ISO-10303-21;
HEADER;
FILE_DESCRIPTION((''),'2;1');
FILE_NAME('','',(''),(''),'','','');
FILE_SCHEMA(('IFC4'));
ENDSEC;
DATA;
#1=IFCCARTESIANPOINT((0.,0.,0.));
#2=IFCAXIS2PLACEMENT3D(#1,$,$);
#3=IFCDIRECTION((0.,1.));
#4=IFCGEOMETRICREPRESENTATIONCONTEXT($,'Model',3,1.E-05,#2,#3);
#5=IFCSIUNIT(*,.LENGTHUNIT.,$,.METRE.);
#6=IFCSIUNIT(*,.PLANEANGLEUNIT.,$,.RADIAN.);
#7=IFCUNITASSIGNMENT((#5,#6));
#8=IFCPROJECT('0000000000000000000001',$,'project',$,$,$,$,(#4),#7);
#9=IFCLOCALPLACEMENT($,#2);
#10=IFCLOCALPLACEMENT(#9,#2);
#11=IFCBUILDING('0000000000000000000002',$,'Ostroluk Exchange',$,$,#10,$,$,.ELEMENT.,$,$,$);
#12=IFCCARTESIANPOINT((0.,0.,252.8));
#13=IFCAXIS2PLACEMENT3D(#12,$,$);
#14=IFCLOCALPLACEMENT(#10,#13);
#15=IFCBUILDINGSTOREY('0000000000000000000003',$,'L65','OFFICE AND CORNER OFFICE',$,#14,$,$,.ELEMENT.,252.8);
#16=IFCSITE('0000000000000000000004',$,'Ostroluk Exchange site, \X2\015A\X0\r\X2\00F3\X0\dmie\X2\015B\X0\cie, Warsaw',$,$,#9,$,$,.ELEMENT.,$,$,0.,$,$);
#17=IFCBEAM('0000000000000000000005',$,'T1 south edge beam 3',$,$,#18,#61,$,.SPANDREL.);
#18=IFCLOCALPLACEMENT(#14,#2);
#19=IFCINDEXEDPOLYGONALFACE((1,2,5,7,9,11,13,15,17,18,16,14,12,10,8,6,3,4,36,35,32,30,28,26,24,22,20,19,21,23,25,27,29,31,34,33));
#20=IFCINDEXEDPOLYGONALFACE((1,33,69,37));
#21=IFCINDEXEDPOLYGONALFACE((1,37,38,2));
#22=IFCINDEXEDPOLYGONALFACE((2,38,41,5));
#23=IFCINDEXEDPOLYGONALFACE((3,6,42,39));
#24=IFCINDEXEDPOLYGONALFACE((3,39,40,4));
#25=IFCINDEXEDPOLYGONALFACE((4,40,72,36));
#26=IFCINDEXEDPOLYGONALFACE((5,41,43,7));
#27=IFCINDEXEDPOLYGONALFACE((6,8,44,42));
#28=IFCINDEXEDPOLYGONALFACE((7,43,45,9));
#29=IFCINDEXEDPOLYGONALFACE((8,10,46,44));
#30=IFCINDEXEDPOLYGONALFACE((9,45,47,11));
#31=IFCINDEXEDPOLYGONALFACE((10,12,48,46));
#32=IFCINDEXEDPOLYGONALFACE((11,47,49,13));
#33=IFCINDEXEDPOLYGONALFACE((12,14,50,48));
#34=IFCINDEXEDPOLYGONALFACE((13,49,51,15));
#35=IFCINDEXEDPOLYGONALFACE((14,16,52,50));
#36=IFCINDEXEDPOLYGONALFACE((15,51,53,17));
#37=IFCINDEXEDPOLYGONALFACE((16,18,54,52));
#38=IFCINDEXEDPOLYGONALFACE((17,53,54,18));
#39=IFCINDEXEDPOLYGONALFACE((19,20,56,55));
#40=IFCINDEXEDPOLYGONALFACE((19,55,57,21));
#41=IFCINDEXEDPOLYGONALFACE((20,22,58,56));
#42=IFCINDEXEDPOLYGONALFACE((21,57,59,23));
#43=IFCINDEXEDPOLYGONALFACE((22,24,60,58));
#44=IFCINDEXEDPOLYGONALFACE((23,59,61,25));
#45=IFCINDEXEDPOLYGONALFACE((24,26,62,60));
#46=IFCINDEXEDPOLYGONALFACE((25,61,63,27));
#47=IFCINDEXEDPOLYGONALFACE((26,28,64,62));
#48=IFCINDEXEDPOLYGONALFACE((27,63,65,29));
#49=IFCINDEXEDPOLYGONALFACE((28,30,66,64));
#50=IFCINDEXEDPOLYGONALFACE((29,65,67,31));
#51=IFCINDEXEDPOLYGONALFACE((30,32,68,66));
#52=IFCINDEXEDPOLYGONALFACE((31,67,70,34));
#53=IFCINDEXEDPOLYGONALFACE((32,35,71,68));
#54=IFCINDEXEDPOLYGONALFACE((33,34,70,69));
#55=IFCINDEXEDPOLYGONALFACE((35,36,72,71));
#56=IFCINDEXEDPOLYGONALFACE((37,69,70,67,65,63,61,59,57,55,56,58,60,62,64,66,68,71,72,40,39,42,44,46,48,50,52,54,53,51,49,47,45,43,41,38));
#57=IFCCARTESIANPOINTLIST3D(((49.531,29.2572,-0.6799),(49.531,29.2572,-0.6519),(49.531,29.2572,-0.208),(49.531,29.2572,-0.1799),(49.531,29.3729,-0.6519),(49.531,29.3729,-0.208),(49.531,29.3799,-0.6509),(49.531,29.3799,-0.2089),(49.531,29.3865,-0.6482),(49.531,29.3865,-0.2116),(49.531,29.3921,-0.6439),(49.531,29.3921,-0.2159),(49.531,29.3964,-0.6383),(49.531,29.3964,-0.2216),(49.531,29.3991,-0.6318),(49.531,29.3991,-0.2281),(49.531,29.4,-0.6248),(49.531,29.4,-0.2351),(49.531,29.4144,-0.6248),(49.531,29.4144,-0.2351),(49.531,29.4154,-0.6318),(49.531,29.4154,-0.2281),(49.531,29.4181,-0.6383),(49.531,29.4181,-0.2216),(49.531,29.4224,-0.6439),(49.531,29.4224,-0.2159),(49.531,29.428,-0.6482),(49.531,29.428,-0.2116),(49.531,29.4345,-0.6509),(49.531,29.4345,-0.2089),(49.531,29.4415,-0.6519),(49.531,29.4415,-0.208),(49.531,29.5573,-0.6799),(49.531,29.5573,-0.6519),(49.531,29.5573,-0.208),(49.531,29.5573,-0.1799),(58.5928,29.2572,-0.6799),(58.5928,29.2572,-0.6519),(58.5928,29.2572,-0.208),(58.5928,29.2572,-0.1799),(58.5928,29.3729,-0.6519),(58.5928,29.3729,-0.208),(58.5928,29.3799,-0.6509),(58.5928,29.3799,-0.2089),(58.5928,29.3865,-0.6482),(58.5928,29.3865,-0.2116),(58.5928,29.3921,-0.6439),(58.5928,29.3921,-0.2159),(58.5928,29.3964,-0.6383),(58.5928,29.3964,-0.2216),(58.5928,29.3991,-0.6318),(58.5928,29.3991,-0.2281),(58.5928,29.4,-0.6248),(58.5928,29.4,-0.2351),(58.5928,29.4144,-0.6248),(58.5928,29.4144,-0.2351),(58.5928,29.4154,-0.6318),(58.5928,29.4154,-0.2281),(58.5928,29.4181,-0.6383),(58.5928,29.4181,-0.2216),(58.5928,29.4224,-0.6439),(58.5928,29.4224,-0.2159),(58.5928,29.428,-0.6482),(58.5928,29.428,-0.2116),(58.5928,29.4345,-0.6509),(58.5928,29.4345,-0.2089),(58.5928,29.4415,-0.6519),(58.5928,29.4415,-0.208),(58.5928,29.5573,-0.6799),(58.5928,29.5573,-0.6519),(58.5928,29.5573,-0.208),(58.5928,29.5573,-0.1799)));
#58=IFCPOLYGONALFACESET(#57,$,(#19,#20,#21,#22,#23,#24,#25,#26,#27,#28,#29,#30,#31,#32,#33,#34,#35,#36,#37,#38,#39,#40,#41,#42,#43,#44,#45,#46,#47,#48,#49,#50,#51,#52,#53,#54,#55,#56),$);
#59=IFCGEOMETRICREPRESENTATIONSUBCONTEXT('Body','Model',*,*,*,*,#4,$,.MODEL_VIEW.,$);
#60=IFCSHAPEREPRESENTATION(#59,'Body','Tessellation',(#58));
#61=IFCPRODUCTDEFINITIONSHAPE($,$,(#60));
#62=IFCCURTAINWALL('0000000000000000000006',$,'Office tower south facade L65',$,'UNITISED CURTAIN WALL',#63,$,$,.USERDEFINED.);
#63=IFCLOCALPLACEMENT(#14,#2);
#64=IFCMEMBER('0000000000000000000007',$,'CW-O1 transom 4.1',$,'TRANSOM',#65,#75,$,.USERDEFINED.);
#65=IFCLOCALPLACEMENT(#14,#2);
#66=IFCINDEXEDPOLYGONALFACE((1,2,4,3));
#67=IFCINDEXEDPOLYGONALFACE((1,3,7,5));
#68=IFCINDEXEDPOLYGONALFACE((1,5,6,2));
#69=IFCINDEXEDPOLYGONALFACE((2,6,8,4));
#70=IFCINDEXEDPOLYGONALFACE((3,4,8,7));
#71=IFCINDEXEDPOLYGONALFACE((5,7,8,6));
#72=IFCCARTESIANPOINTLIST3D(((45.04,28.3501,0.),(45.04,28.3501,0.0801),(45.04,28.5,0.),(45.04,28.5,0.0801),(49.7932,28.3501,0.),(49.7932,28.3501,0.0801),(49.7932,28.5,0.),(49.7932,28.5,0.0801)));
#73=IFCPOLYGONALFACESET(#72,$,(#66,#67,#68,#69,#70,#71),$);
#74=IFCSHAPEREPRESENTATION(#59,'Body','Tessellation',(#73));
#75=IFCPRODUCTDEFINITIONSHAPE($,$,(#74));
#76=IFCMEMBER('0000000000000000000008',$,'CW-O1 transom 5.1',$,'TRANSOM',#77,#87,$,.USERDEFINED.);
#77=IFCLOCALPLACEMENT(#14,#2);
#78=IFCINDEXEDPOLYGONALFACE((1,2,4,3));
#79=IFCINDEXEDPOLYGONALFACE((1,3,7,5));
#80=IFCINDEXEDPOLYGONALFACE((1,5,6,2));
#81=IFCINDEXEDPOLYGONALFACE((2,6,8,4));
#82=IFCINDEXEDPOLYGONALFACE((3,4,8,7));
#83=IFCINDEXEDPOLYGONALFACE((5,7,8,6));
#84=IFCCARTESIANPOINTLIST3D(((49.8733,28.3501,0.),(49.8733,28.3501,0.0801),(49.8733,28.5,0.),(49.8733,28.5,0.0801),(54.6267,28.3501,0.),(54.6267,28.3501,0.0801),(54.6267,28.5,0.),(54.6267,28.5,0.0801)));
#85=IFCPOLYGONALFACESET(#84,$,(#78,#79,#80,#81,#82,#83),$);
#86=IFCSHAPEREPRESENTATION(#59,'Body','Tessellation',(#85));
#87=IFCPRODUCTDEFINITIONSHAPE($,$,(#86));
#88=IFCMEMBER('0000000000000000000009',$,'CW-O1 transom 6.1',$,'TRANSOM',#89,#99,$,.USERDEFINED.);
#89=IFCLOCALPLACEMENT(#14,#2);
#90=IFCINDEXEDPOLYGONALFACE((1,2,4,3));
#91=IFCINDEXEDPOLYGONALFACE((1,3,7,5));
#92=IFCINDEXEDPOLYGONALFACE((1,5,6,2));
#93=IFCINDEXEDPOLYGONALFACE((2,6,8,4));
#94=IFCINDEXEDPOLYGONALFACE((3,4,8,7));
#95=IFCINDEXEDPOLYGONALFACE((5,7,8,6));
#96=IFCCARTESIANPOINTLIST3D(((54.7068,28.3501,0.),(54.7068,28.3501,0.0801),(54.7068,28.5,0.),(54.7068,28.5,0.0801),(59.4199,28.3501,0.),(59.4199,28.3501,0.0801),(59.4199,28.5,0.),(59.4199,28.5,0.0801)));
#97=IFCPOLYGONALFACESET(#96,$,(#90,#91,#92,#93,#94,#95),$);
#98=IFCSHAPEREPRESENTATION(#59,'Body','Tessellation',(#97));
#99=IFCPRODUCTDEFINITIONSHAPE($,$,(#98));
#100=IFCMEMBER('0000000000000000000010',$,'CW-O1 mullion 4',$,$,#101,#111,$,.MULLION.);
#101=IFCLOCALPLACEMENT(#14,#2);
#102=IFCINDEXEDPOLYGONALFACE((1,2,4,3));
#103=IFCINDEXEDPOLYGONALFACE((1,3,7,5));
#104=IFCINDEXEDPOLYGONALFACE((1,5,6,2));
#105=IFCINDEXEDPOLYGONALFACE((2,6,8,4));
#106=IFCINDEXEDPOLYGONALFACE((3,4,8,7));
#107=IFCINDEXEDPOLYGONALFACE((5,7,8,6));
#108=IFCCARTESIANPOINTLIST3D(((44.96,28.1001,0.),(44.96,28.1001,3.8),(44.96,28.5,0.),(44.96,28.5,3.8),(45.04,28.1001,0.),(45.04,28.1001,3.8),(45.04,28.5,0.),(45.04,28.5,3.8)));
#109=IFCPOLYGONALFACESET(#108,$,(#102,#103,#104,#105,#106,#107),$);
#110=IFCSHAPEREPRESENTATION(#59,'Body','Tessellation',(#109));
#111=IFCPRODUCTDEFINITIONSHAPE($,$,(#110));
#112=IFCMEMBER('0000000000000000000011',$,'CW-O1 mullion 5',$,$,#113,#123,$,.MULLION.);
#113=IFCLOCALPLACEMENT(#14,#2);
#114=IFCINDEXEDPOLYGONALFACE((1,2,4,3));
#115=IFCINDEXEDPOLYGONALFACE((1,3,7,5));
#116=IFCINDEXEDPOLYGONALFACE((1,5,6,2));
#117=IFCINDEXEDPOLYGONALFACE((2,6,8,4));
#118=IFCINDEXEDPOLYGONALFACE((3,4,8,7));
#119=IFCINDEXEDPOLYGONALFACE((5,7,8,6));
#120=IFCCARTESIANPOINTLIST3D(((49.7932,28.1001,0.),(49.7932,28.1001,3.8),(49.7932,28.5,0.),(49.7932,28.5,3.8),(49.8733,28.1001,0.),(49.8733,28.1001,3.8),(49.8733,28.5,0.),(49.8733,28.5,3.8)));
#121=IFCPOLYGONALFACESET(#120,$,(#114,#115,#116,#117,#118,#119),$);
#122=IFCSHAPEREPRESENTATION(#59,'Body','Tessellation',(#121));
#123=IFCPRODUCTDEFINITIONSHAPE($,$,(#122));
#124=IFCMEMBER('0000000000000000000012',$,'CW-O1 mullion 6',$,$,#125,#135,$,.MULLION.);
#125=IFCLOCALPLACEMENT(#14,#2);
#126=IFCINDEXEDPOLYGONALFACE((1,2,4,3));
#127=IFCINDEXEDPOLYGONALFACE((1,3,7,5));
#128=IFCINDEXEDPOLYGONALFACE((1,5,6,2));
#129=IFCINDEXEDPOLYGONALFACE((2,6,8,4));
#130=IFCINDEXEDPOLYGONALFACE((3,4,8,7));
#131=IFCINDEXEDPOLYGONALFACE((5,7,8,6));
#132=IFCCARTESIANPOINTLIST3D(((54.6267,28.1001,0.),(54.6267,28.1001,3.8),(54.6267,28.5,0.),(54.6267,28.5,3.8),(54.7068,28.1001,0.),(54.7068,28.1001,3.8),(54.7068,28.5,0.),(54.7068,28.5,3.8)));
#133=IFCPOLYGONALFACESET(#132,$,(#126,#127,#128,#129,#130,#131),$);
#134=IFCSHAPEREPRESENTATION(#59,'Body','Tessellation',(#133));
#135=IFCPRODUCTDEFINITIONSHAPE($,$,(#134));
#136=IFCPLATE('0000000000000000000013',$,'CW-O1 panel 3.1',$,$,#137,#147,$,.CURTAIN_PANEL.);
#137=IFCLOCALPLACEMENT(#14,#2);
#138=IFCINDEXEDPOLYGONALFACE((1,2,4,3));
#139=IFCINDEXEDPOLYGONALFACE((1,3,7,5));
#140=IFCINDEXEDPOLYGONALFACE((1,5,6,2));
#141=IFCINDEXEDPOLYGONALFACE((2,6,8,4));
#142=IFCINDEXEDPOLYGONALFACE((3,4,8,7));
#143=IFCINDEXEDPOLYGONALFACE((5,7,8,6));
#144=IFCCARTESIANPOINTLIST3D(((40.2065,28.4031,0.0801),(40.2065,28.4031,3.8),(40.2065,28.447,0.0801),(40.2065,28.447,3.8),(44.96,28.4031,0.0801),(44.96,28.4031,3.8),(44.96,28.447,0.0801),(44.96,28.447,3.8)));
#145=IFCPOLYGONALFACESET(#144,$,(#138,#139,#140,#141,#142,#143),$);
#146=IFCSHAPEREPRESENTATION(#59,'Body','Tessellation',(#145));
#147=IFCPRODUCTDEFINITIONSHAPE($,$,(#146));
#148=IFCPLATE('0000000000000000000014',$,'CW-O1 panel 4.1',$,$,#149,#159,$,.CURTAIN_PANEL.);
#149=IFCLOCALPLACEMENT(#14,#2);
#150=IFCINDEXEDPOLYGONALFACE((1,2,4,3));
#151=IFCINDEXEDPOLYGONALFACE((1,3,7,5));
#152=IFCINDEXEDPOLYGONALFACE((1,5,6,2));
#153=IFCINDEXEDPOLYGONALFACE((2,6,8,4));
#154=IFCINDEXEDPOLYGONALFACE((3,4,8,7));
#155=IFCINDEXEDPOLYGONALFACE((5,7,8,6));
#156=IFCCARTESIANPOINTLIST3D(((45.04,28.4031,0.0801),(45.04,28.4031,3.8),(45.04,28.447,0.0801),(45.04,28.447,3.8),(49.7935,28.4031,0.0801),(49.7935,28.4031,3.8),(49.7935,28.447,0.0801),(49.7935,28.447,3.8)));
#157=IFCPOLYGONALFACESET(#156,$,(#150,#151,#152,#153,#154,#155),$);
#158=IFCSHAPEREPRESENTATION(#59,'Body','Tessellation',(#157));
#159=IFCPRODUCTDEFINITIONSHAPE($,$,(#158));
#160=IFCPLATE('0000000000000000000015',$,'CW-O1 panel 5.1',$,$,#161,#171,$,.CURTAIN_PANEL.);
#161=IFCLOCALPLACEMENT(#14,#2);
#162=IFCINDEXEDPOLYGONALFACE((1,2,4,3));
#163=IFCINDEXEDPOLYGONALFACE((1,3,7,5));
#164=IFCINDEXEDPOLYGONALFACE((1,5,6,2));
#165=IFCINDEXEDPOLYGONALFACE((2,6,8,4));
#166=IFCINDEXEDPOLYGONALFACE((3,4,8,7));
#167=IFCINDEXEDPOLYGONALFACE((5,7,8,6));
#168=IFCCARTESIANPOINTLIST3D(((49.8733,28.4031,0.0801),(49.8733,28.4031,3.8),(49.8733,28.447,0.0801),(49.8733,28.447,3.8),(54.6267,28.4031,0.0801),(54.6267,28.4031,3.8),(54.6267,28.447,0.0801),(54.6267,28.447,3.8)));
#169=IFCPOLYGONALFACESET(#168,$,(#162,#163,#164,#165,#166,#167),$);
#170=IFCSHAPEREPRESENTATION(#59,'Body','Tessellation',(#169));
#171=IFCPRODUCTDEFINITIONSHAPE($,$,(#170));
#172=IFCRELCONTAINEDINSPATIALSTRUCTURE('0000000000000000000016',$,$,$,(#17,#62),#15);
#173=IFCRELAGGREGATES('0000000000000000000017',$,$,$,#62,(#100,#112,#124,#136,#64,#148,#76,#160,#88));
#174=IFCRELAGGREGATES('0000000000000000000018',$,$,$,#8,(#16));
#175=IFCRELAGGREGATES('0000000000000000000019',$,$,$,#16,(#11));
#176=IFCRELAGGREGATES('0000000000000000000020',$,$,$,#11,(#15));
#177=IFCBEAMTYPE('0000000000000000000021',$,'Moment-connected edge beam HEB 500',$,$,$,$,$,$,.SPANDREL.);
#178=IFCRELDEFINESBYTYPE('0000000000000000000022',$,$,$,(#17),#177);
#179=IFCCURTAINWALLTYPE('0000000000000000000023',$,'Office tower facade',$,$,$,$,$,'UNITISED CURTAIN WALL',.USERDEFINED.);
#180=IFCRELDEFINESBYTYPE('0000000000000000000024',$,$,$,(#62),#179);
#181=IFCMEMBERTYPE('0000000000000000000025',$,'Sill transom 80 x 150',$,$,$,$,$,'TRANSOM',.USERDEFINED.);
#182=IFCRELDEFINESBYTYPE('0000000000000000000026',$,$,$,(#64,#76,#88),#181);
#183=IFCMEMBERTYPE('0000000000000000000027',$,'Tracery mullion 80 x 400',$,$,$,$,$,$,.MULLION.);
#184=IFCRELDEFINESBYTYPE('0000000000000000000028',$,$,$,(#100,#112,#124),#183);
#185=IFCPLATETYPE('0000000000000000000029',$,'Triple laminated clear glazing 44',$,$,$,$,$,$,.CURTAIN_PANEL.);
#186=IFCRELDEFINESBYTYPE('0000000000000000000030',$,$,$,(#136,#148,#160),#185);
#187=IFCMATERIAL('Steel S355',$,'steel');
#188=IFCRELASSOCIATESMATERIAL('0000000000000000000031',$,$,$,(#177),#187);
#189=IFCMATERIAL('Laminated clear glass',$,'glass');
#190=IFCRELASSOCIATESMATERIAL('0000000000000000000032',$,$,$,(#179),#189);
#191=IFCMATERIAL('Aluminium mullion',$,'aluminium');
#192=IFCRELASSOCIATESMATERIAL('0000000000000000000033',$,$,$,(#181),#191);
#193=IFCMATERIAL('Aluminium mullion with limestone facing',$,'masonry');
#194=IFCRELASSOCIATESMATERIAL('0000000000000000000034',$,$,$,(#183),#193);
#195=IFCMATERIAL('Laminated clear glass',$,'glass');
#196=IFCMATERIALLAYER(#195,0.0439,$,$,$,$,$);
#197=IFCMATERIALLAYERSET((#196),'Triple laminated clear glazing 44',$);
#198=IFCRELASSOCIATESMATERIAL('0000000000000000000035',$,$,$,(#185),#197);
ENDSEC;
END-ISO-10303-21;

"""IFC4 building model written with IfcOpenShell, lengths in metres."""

from ifc_helpers import new_model, si_unit, direction, frame, origin, origin_2d, place, context, subcontext, project, spatial, rectangle, i_section, extrude, material, layer, layer_set, material_profile, profile_set, type_object, element, aggregate, save


model = new_model("IFC4")

# Units and contexts
model_context = context("Model", 3, precision=1e-05, world=origin(), true_north=direction((0.0, 1.0)))
body_context = subcontext(model_context, "Body", "Model", "MODEL_VIEW")
ifc_project = project(units=[si_unit("LENGTHUNIT", "METRE"), si_unit("PLANEANGLEUNIT", "RADIAN")], contexts=[model_context])

# Site, building, storey
site_placement = place(None, origin())
site = spatial("IfcSite", under=ifc_project, at=site_placement, Name="Ostroluk Exchange site, Śródmieście, Warsaw", CompositionType="ELEMENT", RefElevation=0.0)
building_placement = place(site_placement, origin())
building = spatial("IfcBuilding", under=site, at=building_placement, Name="Ostroluk Exchange", CompositionType="ELEMENT")
storey_placement = place(building_placement, frame((0.0, 0.0, 252.8)))
storey = spatial("IfcBuildingStorey", under=building, at=storey_placement, Name="L65", Description="OFFICE AND CORNER OFFICE", CompositionType="ELEMENT", Elevation=252.8)

# Beam
ifc_material_1 = material(Name="Steel S355", Category="steel")
ifc_material_profile_1 = material_profile(ifc_material_1, i_section(OverallWidth=0.3, OverallDepth=0.5, WebThickness=0.0144, FlangeThickness=0.0281, FilletRadius=0.0271, at=origin_2d()), Name="HEB 500")
ifc_profile_set_1 = profile_set([ifc_material_profile_1], Name="Steel S355")
beam_type_1 = type_object("IfcBeamType", Name="Moment-connected edge beam HEB 500", PredefinedType="SPANDREL", material=ifc_profile_set_1)
beam_placement = place(storey_placement, frame((49.531, 29.4072, -0.4299), z_axis=(1.0, 0.0, 0.0), x_axis=(0.0, 1.0, 0.0)))
element("IfcBeam", 1, at=beam_placement, inside=storey, type_object=beam_type_1, Name="T1 south edge beam 3", PredefinedType="SPANDREL", context=body_context, shape_type="SweptSolid", body=[
    extrude(i_section(OverallWidth=0.3, OverallDepth=0.5, WebThickness=0.0144, FlangeThickness=0.0281, FilletRadius=0.0271, at=origin_2d()), origin(), (0.0, 0.0, 1.0), 9.0618),
])

# Curtain wall, members, plates
ifc_material_2 = material(Name="Laminated clear glass", Category="glass")
curtain_wall_type = type_object("IfcCurtainWallType", Name="Office tower facade", ElementType="UNITISED CURTAIN WALL", PredefinedType="USERDEFINED", material=ifc_material_2)
curtain_wall_placement = place(storey_placement, origin())
curtain_wall = element("IfcCurtainWall", 2, at=curtain_wall_placement, inside=storey, type_object=curtain_wall_type, Name="Office tower south facade L65", ObjectType="UNITISED CURTAIN WALL", PredefinedType="USERDEFINED")
ifc_material_3 = material(Name="Aluminium mullion", Category="aluminium")
ifc_material_profile_2 = material_profile(ifc_material_3, rectangle(XDim=0.1499, YDim=0.0801, at=origin_2d()), Name="Sill transom 80 x 150")
ifc_profile_set_2 = profile_set([ifc_material_profile_2], Name="Aluminium mullion")
member_type_1 = type_object("IfcMemberType", Name="Sill transom 80 x 150", ElementType="TRANSOM", PredefinedType="USERDEFINED", material=ifc_profile_set_2)
member_1_placement = place(storey_placement, frame((45.04, 28.425, 0.04), z_axis=(1.0, 0.0, 0.0), x_axis=(0.0, 1.0, 0.0)))
member_1 = element("IfcMember", 3, at=member_1_placement, type_object=member_type_1, Name="CW-O1 transom 4.1", ObjectType="TRANSOM", PredefinedType="USERDEFINED", context=body_context, shape_type="SweptSolid", body=[
    extrude(rectangle(XDim=0.1499, YDim=0.0801, at=origin_2d()), origin(), (0.0, 0.0, 1.0), 4.7532),
])
member_2_placement = place(storey_placement, frame((49.8733, 28.425, 0.04), z_axis=(1.0, 0.0, 0.0), x_axis=(0.0, 1.0, 0.0)))
member_2 = element("IfcMember", 4, at=member_2_placement, type_object=member_type_1, Name="CW-O1 transom 5.1", ObjectType="TRANSOM", PredefinedType="USERDEFINED", context=body_context, shape_type="SweptSolid", body=[
    extrude(rectangle(XDim=0.1499, YDim=0.0801, at=origin_2d()), origin(), (0.0, 0.0, 1.0), 4.7534),
])
member_3_placement = place(storey_placement, frame((54.7068, 28.425, 0.04), z_axis=(1.0, 0.0, 0.0), x_axis=(0.0, 1.0, 0.0)))
member_3 = element("IfcMember", 5, at=member_3_placement, type_object=member_type_1, Name="CW-O1 transom 6.1", ObjectType="TRANSOM", PredefinedType="USERDEFINED", context=body_context, shape_type="SweptSolid", body=[
    extrude(rectangle(XDim=0.1499, YDim=0.0801, at=origin_2d()), origin(), (0.0, 0.0, 1.0), 4.7131),
])
ifc_material_4 = material(Name="Aluminium mullion with limestone facing", Category="masonry")
ifc_material_profile_3 = material_profile(ifc_material_4, rectangle(XDim=0.3999, YDim=0.0801, at=origin_2d()), Name="Tracery mullion 80 x 400")
ifc_profile_set_3 = profile_set([ifc_material_profile_3], Name="Aluminium mullion with limestone facing")
member_type_2 = type_object("IfcMemberType", Name="Tracery mullion 80 x 400", PredefinedType="MULLION", material=ifc_profile_set_3)
member_4_placement = place(storey_placement, frame((45.0, 28.3, 0.0), z_axis=(0.0, 0.0, 1.0), x_axis=(0.0, 1.0, 0.0)))
member_4 = element("IfcMember", 6, at=member_4_placement, type_object=member_type_2, Name="CW-O1 mullion 4", PredefinedType="MULLION", context=body_context, shape_type="SweptSolid", body=[
    extrude(rectangle(XDim=0.3999, YDim=0.0801, at=origin_2d()), origin(), (0.0, 0.0, 1.0), 3.8),
])
member_5_placement = place(storey_placement, frame((49.8333, 28.3, 0.0), z_axis=(0.0, 0.0, 1.0), x_axis=(0.0, 1.0, 0.0)))
member_5 = element("IfcMember", 7, at=member_5_placement, type_object=member_type_2, Name="CW-O1 mullion 5", PredefinedType="MULLION", context=body_context, shape_type="SweptSolid", body=[
    extrude(rectangle(XDim=0.3999, YDim=0.0801, at=origin_2d()), origin(), (0.0, 0.0, 1.0), 3.8),
])
member_6_placement = place(storey_placement, frame((54.6667, 28.3, 0.0), z_axis=(0.0, 0.0, 1.0), x_axis=(0.0, 1.0, 0.0)))
member_6 = element("IfcMember", 8, at=member_6_placement, type_object=member_type_2, Name="CW-O1 mullion 6", PredefinedType="MULLION", context=body_context, shape_type="SweptSolid", body=[
    extrude(rectangle(XDim=0.3999, YDim=0.0801, at=origin_2d()), origin(), (0.0, 0.0, 1.0), 3.8),
])
ifc_material_5 = material(Name="Laminated clear glass", Category="glass")
ifc_layer_1 = layer(ifc_material_5, 0.0439)
ifc_layer_set_1 = layer_set([ifc_layer_1], Name="Triple laminated clear glazing 44")
plate_type = type_object("IfcPlateType", Name="Triple laminated clear glazing 44", PredefinedType="CURTAIN_PANEL", material=ifc_layer_set_1)
plate_1_placement = place(storey_placement, frame((42.5833, 28.425, 0.0801), z_axis=(0.0, 0.0, 1.0), x_axis=(1.0, 0.0, 0.0)))
plate_1 = element("IfcPlate", 9, at=plate_1_placement, type_object=plate_type, Name="CW-O1 panel 3.1", PredefinedType="CURTAIN_PANEL", context=body_context, shape_type="SweptSolid", body=[
    extrude(rectangle(XDim=4.7534, YDim=0.0439, at=origin_2d()), origin(), (0.0, 0.0, 1.0), 3.72),
])
plate_2_placement = place(storey_placement, frame((47.4167, 28.425, 0.0801), z_axis=(0.0, 0.0, 1.0), x_axis=(1.0, 0.0, 0.0)))
plate_2 = element("IfcPlate", 10, at=plate_2_placement, type_object=plate_type, Name="CW-O1 panel 4.1", PredefinedType="CURTAIN_PANEL", context=body_context, shape_type="SweptSolid", body=[
    extrude(rectangle(XDim=4.7534, YDim=0.0439, at=origin_2d()), origin(), (0.0, 0.0, 1.0), 3.72),
])
plate_3_placement = place(storey_placement, frame((52.25, 28.425, 0.0801), z_axis=(0.0, 0.0, 1.0), x_axis=(1.0, 0.0, 0.0)))
plate_3 = element("IfcPlate", 11, at=plate_3_placement, type_object=plate_type, Name="CW-O1 panel 5.1", PredefinedType="CURTAIN_PANEL", context=body_context, shape_type="SweptSolid", body=[
    extrude(rectangle(XDim=4.7534, YDim=0.0439, at=origin_2d()), origin(), (0.0, 0.0, 1.0), 3.72),
])
aggregate(curtain_wall, [member_4, member_5, member_6, plate_1, member_1, plate_2, member_2, plate_3, member_3])

save(model, "model.ifc")
